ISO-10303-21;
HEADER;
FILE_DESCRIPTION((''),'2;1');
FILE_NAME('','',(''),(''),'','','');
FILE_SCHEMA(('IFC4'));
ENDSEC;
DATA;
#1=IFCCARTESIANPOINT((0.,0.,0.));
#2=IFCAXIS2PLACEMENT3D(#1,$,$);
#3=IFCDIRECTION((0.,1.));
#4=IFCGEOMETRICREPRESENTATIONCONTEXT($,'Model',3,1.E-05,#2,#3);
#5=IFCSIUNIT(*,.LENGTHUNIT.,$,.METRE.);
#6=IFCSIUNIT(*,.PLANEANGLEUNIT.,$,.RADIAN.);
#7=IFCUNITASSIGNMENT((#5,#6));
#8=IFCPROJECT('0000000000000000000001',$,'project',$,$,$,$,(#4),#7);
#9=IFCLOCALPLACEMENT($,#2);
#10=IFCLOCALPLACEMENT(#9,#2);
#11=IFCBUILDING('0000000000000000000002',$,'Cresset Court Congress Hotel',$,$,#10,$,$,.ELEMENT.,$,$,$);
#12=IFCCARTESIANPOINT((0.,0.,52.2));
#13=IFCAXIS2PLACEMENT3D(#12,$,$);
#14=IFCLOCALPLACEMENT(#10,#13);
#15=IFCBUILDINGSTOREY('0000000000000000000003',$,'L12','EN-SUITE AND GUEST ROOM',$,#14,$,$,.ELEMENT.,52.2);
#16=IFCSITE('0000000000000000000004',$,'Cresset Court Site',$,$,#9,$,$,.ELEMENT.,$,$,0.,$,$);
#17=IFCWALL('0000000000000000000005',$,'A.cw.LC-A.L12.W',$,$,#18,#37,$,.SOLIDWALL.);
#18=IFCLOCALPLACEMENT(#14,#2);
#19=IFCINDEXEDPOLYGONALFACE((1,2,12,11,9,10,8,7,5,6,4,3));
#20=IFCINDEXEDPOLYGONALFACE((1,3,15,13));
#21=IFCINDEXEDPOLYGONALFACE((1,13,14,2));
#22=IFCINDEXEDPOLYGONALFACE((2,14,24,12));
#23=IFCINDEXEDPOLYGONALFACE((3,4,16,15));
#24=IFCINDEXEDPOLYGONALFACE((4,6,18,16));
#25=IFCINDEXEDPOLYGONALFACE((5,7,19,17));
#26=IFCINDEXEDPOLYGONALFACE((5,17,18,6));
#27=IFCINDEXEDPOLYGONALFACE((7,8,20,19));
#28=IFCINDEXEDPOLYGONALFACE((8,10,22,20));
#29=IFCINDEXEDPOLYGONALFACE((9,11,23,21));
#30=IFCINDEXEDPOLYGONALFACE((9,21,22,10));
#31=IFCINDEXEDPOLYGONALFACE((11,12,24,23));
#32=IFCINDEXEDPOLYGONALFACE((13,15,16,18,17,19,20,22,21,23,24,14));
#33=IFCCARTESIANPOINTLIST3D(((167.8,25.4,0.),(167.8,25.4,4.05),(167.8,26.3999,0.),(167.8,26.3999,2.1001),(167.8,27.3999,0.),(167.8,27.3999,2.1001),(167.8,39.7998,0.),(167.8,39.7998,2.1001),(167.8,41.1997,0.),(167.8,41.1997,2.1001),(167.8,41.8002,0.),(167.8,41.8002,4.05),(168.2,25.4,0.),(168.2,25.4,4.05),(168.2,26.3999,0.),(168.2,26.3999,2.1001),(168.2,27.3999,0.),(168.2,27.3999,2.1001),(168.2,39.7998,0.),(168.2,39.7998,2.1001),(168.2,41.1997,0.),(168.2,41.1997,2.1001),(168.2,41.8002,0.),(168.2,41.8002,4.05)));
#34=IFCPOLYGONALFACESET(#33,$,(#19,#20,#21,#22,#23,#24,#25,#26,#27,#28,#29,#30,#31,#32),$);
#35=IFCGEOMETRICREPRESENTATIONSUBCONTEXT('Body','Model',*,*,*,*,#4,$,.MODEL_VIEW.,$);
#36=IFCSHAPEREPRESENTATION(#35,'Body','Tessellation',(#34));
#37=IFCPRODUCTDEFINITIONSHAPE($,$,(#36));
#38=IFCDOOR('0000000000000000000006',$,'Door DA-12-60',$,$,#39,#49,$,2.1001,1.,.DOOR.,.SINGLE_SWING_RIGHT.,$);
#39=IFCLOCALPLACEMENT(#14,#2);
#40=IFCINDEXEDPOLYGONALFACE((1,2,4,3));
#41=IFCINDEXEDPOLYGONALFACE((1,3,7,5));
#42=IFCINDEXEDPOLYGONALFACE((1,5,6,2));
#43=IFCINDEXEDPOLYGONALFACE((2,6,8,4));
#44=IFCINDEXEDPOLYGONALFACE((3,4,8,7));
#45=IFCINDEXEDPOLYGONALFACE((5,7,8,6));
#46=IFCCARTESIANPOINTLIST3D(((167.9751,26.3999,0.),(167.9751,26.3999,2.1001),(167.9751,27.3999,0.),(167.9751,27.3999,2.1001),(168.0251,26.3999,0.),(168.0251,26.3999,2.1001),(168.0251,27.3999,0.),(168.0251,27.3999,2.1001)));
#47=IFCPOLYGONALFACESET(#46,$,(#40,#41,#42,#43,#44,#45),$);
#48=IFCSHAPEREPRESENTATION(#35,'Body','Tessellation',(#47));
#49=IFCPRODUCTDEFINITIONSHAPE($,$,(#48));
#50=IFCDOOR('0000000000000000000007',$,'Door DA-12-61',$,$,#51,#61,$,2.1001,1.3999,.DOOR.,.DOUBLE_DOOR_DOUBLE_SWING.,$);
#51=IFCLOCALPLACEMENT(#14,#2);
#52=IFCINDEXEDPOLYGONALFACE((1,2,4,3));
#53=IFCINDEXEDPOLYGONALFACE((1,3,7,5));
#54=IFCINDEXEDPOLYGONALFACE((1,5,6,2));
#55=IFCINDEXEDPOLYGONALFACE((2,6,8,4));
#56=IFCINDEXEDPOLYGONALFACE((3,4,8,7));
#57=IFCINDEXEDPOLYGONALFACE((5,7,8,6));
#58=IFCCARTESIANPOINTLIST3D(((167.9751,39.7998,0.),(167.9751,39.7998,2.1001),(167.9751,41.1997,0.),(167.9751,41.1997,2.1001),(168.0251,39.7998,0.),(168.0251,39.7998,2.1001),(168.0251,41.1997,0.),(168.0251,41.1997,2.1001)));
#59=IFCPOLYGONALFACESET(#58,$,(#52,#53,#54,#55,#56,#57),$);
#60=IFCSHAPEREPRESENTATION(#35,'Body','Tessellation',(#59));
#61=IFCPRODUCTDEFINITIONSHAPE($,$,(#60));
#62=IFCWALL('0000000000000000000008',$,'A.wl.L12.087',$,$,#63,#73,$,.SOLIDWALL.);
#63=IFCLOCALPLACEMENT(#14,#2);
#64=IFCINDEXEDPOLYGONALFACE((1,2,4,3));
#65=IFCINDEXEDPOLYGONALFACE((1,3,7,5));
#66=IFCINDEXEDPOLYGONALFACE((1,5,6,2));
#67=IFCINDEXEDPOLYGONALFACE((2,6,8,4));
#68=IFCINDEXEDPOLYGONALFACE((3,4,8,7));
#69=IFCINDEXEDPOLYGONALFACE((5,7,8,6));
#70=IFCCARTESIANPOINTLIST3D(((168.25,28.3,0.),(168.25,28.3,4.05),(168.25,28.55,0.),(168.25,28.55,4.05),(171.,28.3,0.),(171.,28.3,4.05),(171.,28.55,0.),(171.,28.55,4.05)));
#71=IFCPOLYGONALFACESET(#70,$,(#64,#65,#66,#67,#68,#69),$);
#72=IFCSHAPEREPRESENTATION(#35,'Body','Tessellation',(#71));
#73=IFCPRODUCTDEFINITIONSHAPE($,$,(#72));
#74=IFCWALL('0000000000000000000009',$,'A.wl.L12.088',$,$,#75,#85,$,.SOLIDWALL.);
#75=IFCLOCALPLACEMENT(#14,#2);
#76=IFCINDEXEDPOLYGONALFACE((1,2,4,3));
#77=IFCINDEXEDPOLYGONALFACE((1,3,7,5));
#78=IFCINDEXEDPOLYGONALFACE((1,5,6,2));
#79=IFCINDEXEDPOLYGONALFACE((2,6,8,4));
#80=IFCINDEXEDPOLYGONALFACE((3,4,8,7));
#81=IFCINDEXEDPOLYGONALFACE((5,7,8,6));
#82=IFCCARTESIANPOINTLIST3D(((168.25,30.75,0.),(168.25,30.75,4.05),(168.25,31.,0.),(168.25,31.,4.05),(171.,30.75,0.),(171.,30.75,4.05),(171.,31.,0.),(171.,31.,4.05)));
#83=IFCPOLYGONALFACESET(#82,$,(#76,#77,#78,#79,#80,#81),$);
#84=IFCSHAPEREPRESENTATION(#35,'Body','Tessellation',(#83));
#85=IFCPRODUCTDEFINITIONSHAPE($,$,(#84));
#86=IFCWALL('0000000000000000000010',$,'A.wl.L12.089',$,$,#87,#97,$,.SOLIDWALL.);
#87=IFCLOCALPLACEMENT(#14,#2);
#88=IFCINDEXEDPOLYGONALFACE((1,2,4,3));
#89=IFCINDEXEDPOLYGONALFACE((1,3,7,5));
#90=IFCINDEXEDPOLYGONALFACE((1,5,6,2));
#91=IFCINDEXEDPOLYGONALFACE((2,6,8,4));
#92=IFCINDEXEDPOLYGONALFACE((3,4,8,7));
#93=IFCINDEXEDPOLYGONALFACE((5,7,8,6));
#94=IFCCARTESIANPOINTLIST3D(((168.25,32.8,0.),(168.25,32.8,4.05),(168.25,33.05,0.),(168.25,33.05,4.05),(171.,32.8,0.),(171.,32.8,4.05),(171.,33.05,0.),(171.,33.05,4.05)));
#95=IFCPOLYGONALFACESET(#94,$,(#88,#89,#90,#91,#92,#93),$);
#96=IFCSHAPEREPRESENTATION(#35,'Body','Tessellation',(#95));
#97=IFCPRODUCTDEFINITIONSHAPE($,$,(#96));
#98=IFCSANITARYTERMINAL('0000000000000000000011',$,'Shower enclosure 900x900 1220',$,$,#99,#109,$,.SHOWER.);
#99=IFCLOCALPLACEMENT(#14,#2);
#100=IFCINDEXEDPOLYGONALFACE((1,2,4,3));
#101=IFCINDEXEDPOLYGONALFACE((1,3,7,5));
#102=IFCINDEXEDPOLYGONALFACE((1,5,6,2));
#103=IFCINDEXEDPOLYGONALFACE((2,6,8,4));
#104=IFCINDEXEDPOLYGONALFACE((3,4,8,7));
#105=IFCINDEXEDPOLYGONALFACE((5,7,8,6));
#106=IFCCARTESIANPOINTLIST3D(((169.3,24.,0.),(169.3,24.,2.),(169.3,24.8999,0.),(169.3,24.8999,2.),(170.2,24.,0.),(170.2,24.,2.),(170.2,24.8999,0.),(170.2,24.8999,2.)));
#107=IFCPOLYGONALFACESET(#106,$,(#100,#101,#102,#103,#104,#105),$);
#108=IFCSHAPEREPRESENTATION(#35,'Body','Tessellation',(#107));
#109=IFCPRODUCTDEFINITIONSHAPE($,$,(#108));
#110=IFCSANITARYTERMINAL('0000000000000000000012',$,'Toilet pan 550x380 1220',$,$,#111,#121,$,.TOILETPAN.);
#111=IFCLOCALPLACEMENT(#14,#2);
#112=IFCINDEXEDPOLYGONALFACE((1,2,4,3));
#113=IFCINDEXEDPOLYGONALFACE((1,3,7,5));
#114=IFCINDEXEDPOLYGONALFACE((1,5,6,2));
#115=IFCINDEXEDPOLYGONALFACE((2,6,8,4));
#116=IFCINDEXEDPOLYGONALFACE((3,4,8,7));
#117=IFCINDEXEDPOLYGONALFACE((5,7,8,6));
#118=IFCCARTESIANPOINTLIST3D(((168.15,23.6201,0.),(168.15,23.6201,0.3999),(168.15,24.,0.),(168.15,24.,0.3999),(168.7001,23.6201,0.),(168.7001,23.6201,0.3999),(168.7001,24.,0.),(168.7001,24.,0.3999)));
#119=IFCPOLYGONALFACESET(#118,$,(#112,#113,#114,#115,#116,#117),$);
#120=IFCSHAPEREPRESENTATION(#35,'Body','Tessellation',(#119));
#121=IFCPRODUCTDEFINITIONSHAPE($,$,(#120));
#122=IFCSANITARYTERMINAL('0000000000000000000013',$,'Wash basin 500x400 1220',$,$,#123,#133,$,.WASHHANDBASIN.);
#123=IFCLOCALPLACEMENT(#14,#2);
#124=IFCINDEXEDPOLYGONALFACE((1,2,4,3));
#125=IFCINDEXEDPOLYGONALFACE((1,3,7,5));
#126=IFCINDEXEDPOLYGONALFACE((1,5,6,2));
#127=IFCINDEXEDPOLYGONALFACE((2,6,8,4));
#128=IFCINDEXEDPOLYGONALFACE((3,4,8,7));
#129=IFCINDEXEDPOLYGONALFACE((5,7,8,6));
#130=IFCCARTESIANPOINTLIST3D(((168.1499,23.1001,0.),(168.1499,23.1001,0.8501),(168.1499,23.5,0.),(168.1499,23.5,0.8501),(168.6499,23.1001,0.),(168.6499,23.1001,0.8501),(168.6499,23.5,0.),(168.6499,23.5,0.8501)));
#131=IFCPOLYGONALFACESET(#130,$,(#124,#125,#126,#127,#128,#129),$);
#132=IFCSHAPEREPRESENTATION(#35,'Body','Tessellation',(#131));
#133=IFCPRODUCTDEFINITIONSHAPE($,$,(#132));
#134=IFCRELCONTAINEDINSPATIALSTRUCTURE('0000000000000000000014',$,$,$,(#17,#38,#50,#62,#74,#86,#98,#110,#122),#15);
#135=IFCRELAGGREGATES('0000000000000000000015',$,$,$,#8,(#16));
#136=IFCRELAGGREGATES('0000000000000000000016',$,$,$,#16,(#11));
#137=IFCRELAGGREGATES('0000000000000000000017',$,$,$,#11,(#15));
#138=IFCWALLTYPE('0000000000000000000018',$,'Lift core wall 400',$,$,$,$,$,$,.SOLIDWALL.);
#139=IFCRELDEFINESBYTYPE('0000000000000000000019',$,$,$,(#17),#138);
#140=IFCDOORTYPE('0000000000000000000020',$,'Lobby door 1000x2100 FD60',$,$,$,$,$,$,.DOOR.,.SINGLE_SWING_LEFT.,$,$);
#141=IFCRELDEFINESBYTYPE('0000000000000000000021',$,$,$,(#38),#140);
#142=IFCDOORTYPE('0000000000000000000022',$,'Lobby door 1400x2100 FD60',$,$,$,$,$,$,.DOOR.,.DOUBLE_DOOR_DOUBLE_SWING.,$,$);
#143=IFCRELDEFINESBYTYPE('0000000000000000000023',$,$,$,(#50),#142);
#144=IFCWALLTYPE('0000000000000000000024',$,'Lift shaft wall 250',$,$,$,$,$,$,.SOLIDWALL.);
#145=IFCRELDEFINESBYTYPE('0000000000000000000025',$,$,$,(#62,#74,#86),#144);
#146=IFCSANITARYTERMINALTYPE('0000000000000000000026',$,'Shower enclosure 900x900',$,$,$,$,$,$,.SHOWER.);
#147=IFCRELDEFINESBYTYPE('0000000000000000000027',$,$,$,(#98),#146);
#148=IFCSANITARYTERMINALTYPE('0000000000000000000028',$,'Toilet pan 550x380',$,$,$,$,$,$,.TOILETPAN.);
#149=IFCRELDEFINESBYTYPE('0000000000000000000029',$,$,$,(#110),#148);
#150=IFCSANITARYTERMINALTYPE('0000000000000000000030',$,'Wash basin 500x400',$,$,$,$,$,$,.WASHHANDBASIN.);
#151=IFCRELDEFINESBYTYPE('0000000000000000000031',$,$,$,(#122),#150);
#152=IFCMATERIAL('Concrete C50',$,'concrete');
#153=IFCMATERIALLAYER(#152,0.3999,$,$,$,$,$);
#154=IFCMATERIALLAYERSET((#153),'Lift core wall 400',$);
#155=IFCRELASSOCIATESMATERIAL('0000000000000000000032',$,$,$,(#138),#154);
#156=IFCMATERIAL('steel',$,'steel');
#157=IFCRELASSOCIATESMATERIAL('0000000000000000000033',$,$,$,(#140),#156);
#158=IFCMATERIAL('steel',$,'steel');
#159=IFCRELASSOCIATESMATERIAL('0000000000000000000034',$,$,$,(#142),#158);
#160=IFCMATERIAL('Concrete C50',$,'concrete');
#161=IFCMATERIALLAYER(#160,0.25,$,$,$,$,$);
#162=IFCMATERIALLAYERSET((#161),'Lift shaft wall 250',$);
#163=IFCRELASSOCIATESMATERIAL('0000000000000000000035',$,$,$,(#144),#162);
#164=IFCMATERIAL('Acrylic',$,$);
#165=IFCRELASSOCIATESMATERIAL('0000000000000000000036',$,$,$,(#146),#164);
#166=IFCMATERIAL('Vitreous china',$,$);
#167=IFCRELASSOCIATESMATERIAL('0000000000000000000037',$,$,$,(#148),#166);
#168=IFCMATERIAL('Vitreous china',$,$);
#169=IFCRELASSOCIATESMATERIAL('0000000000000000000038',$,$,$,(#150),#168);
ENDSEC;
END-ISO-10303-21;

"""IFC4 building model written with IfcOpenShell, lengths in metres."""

from ifc_helpers import new_model, si_unit, direction, frame, frame_2d, origin, origin_2d, place, context, subcontext, project, spatial, rectangle, extrude, material, layer, layer_set, type_object, element, fill, save


model = new_model("IFC4")

# Units and contexts
model_context = context("Model", 3, precision=1e-05, world=origin(), true_north=direction((0.0, 1.0)))
body_context = subcontext(model_context, "Body", "Model", "MODEL_VIEW")
ifc_project = project(units=[si_unit("LENGTHUNIT", "METRE"), si_unit("PLANEANGLEUNIT", "RADIAN")], contexts=[model_context])

# Site, building, storey
site_placement = place(None, origin())
site = spatial("IfcSite", under=ifc_project, at=site_placement, Name="Cresset Court Site", CompositionType="ELEMENT", RefElevation=0.0)
building_placement = place(site_placement, origin())
building = spatial("IfcBuilding", under=site, at=building_placement, Name="Cresset Court Congress Hotel", CompositionType="ELEMENT")
storey_placement = place(building_placement, frame((0.0, 0.0, 52.2)))
storey = spatial("IfcBuildingStorey", under=building, at=storey_placement, Name="L12", Description="EN-SUITE AND GUEST ROOM", CompositionType="ELEMENT", Elevation=52.2)

# Shared definitions
ifc_material_1 = material(Name="Concrete C50", Category="concrete")
ifc_layer_1 = layer(ifc_material_1, 0.3999)
ifc_layer_set_1 = layer_set([ifc_layer_1], Name="Lift core wall 400")
wall_type_1 = type_object("IfcWallType", Name="Lift core wall 400", PredefinedType="SOLIDWALL", material=ifc_layer_set_1)

# Wall, openings, doors
wall_1_placement = place(storey_placement, frame((168.0, 25.3999, 0.0), z_axis=(0.0, 0.0, 1.0), x_axis=(0.0, 1.0, 0.0)))
wall_1 = element("IfcWall", 1, at=wall_1_placement, inside=storey, type_object=wall_type_1, Name="A.cw.LC-A.L12.W", PredefinedType="SOLIDWALL", context=body_context, shape_type="SweptSolid", body=[
    extrude(rectangle(XDim=16.4001, YDim=0.3999, at=frame_2d((8.2002, 0.0))), origin(), (0.0, 0.0, 1.0), 4.05),
])
opening_1_placement = place(wall_1_placement, frame((1.0, 0.0, 0.0)))
opening_1 = element("IfcOpeningElement", 2, at=opening_1_placement, cuts=wall_1, PredefinedType="OPENING", context=body_context, shape_type="SweptSolid", body=[
    extrude(rectangle(XDim=1.0, YDim=2.1001, at=frame_2d((0.5, 1.05))), frame((0.0, 0.21, 0.0), z_axis=(0.0, -1.0, 0.0), x_axis=(1.0, 0.0, 0.0)), (0.0, 0.0, 1.0), 0.4199),
])
opening_2_placement = place(wall_1_placement, frame((14.3999, 0.0, 0.0)))
opening_2 = element("IfcOpeningElement", 3, at=opening_2_placement, cuts=wall_1, PredefinedType="OPENING", context=body_context, shape_type="SweptSolid", body=[
    extrude(rectangle(XDim=1.3999, YDim=2.1001, at=frame_2d((0.7, 1.05))), frame((0.0, 0.21, 0.0), z_axis=(0.0, -1.0, 0.0), x_axis=(1.0, 0.0, 0.0)), (0.0, 0.0, 1.0), 0.4199),
])
ifc_material_2 = material(Name="steel", Category="steel")
door_type_1 = type_object("IfcDoorType", Name="Lobby door 1000x2100 FD60", OperationType="SINGLE_SWING_LEFT", PredefinedType="DOOR", material=ifc_material_2)
door_1_placement = place(opening_1_placement, origin())
door_1 = element("IfcDoor", 4, at=door_1_placement, inside=storey, type_object=door_type_1, Name="Door DA-12-60", OperationType="SINGLE_SWING_RIGHT", OverallHeight=2.1001, OverallWidth=1.0, PredefinedType="DOOR", context=body_context, shape_type="SweptSolid", body=[
    extrude(rectangle(XDim=1.0, YDim=2.1001, at=frame_2d((0.5, 1.05))), frame((0.0, 0.0249, 0.0), z_axis=(0.0, -1.0, 0.0), x_axis=(1.0, 0.0, 0.0)), (0.0, 0.0, 1.0), 0.05),
])
fill(opening_1, door_1)
ifc_material_3 = material(Name="steel", Category="steel")
door_type_2 = type_object("IfcDoorType", Name="Lobby door 1400x2100 FD60", OperationType="DOUBLE_DOOR_DOUBLE_SWING", PredefinedType="DOOR", material=ifc_material_3)
door_2_placement = place(opening_2_placement, origin())
door_2 = element("IfcDoor", 5, at=door_2_placement, inside=storey, type_object=door_type_2, Name="Door DA-12-61", OperationType="DOUBLE_DOOR_DOUBLE_SWING", OverallHeight=2.1001, OverallWidth=1.3999, PredefinedType="DOOR", context=body_context, shape_type="SweptSolid", body=[
    extrude(rectangle(XDim=1.3999, YDim=2.1001, at=frame_2d((0.7, 1.05))), frame((0.0, 0.0249, 0.0), z_axis=(0.0, -1.0, 0.0), x_axis=(1.0, 0.0, 0.0)), (0.0, 0.0, 1.0), 0.05),
])
fill(opening_2, door_2)

# Walls
ifc_material_4 = material(Name="Concrete C50", Category="concrete")
ifc_layer_2 = layer(ifc_material_4, 0.25)
ifc_layer_set_2 = layer_set([ifc_layer_2], Name="Lift shaft wall 250")
wall_type_2 = type_object("IfcWallType", Name="Lift shaft wall 250", PredefinedType="SOLIDWALL", material=ifc_layer_set_2)
for number, where, z_axis, x_axis, name in (
    (6, (168.25, 28.425, 0.0), (0.0, 0.0, 1.0), (1.0, 0.0, 0.0), "A.wl.L12.087"),
    (7, (168.25, 30.875, 0.0), (0.0, 0.0, 1.0), (1.0, 0.0, 0.0), "A.wl.L12.088"),
    (8, (168.25, 32.925, 0.0), (0.0, 0.0, 1.0), (1.0, 0.0, 0.0), "A.wl.L12.089"),
):
    element("IfcWall", number, at=place(storey_placement, frame(where, z_axis=z_axis, x_axis=x_axis)), inside=storey, type_object=wall_type_2, Name=name, PredefinedType="SOLIDWALL", context=body_context, shape_type="SweptSolid", body=[
        extrude(rectangle(XDim=2.75, YDim=0.25, at=frame_2d((1.375, 0.0))), origin(), (0.0, 0.0, 1.0), 4.05),
    ])

# Sanitary terminals
ifc_material_5 = material(Name="Acrylic")
sanitary_terminal_type_1 = type_object("IfcSanitaryTerminalType", Name="Shower enclosure 900x900", PredefinedType="SHOWER", material=ifc_material_5)
sanitary_terminal_1_placement = place(storey_placement, frame((169.75, 24.45, 0.0), z_axis=(0.0, 0.0, 1.0), x_axis=(1.0, 0.0, 0.0)))
element("IfcSanitaryTerminal", 9, at=sanitary_terminal_1_placement, inside=storey, type_object=sanitary_terminal_type_1, Name="Shower enclosure 900x900 1220", PredefinedType="SHOWER", context=body_context, shape_type="SweptSolid", body=[
    extrude(rectangle(XDim=0.8999, YDim=0.8999, at=origin_2d()), origin(), (0.0, 0.0, 1.0), 2.0),
])
ifc_material_6 = material(Name="Vitreous china")
sanitary_terminal_type_2 = type_object("IfcSanitaryTerminalType", Name="Toilet pan 550x380", PredefinedType="TOILETPAN", material=ifc_material_6)
sanitary_terminal_2_placement = place(storey_placement, frame((168.425, 23.8101, 0.0), z_axis=(0.0, 0.0, 1.0), x_axis=(1.0, 0.0, 0.0)))
element("IfcSanitaryTerminal", 10, at=sanitary_terminal_2_placement, inside=storey, type_object=sanitary_terminal_type_2, Name="Toilet pan 550x380 1220", PredefinedType="TOILETPAN", context=body_context, shape_type="SweptSolid", body=[
    extrude(rectangle(XDim=0.55, YDim=0.3799, at=origin_2d()), origin(), (0.0, 0.0, 1.0), 0.3999),
])
ifc_material_7 = material(Name="Vitreous china")
sanitary_terminal_type_3 = type_object("IfcSanitaryTerminalType", Name="Wash basin 500x400", PredefinedType="WASHHANDBASIN", material=ifc_material_7)
sanitary_terminal_3_placement = place(storey_placement, frame((168.3999, 23.3, 0.0), z_axis=(0.0, 0.0, 1.0), x_axis=(1.0, 0.0, 0.0)))
element("IfcSanitaryTerminal", 11, at=sanitary_terminal_3_placement, inside=storey, type_object=sanitary_terminal_type_3, Name="Wash basin 500x400 1220", PredefinedType="WASHHANDBASIN", context=body_context, shape_type="SweptSolid", body=[
    extrude(rectangle(XDim=0.5, YDim=0.3999, at=origin_2d()), origin(), (0.0, 0.0, 1.0), 0.8501),
])

save(model, "model.ifc")
